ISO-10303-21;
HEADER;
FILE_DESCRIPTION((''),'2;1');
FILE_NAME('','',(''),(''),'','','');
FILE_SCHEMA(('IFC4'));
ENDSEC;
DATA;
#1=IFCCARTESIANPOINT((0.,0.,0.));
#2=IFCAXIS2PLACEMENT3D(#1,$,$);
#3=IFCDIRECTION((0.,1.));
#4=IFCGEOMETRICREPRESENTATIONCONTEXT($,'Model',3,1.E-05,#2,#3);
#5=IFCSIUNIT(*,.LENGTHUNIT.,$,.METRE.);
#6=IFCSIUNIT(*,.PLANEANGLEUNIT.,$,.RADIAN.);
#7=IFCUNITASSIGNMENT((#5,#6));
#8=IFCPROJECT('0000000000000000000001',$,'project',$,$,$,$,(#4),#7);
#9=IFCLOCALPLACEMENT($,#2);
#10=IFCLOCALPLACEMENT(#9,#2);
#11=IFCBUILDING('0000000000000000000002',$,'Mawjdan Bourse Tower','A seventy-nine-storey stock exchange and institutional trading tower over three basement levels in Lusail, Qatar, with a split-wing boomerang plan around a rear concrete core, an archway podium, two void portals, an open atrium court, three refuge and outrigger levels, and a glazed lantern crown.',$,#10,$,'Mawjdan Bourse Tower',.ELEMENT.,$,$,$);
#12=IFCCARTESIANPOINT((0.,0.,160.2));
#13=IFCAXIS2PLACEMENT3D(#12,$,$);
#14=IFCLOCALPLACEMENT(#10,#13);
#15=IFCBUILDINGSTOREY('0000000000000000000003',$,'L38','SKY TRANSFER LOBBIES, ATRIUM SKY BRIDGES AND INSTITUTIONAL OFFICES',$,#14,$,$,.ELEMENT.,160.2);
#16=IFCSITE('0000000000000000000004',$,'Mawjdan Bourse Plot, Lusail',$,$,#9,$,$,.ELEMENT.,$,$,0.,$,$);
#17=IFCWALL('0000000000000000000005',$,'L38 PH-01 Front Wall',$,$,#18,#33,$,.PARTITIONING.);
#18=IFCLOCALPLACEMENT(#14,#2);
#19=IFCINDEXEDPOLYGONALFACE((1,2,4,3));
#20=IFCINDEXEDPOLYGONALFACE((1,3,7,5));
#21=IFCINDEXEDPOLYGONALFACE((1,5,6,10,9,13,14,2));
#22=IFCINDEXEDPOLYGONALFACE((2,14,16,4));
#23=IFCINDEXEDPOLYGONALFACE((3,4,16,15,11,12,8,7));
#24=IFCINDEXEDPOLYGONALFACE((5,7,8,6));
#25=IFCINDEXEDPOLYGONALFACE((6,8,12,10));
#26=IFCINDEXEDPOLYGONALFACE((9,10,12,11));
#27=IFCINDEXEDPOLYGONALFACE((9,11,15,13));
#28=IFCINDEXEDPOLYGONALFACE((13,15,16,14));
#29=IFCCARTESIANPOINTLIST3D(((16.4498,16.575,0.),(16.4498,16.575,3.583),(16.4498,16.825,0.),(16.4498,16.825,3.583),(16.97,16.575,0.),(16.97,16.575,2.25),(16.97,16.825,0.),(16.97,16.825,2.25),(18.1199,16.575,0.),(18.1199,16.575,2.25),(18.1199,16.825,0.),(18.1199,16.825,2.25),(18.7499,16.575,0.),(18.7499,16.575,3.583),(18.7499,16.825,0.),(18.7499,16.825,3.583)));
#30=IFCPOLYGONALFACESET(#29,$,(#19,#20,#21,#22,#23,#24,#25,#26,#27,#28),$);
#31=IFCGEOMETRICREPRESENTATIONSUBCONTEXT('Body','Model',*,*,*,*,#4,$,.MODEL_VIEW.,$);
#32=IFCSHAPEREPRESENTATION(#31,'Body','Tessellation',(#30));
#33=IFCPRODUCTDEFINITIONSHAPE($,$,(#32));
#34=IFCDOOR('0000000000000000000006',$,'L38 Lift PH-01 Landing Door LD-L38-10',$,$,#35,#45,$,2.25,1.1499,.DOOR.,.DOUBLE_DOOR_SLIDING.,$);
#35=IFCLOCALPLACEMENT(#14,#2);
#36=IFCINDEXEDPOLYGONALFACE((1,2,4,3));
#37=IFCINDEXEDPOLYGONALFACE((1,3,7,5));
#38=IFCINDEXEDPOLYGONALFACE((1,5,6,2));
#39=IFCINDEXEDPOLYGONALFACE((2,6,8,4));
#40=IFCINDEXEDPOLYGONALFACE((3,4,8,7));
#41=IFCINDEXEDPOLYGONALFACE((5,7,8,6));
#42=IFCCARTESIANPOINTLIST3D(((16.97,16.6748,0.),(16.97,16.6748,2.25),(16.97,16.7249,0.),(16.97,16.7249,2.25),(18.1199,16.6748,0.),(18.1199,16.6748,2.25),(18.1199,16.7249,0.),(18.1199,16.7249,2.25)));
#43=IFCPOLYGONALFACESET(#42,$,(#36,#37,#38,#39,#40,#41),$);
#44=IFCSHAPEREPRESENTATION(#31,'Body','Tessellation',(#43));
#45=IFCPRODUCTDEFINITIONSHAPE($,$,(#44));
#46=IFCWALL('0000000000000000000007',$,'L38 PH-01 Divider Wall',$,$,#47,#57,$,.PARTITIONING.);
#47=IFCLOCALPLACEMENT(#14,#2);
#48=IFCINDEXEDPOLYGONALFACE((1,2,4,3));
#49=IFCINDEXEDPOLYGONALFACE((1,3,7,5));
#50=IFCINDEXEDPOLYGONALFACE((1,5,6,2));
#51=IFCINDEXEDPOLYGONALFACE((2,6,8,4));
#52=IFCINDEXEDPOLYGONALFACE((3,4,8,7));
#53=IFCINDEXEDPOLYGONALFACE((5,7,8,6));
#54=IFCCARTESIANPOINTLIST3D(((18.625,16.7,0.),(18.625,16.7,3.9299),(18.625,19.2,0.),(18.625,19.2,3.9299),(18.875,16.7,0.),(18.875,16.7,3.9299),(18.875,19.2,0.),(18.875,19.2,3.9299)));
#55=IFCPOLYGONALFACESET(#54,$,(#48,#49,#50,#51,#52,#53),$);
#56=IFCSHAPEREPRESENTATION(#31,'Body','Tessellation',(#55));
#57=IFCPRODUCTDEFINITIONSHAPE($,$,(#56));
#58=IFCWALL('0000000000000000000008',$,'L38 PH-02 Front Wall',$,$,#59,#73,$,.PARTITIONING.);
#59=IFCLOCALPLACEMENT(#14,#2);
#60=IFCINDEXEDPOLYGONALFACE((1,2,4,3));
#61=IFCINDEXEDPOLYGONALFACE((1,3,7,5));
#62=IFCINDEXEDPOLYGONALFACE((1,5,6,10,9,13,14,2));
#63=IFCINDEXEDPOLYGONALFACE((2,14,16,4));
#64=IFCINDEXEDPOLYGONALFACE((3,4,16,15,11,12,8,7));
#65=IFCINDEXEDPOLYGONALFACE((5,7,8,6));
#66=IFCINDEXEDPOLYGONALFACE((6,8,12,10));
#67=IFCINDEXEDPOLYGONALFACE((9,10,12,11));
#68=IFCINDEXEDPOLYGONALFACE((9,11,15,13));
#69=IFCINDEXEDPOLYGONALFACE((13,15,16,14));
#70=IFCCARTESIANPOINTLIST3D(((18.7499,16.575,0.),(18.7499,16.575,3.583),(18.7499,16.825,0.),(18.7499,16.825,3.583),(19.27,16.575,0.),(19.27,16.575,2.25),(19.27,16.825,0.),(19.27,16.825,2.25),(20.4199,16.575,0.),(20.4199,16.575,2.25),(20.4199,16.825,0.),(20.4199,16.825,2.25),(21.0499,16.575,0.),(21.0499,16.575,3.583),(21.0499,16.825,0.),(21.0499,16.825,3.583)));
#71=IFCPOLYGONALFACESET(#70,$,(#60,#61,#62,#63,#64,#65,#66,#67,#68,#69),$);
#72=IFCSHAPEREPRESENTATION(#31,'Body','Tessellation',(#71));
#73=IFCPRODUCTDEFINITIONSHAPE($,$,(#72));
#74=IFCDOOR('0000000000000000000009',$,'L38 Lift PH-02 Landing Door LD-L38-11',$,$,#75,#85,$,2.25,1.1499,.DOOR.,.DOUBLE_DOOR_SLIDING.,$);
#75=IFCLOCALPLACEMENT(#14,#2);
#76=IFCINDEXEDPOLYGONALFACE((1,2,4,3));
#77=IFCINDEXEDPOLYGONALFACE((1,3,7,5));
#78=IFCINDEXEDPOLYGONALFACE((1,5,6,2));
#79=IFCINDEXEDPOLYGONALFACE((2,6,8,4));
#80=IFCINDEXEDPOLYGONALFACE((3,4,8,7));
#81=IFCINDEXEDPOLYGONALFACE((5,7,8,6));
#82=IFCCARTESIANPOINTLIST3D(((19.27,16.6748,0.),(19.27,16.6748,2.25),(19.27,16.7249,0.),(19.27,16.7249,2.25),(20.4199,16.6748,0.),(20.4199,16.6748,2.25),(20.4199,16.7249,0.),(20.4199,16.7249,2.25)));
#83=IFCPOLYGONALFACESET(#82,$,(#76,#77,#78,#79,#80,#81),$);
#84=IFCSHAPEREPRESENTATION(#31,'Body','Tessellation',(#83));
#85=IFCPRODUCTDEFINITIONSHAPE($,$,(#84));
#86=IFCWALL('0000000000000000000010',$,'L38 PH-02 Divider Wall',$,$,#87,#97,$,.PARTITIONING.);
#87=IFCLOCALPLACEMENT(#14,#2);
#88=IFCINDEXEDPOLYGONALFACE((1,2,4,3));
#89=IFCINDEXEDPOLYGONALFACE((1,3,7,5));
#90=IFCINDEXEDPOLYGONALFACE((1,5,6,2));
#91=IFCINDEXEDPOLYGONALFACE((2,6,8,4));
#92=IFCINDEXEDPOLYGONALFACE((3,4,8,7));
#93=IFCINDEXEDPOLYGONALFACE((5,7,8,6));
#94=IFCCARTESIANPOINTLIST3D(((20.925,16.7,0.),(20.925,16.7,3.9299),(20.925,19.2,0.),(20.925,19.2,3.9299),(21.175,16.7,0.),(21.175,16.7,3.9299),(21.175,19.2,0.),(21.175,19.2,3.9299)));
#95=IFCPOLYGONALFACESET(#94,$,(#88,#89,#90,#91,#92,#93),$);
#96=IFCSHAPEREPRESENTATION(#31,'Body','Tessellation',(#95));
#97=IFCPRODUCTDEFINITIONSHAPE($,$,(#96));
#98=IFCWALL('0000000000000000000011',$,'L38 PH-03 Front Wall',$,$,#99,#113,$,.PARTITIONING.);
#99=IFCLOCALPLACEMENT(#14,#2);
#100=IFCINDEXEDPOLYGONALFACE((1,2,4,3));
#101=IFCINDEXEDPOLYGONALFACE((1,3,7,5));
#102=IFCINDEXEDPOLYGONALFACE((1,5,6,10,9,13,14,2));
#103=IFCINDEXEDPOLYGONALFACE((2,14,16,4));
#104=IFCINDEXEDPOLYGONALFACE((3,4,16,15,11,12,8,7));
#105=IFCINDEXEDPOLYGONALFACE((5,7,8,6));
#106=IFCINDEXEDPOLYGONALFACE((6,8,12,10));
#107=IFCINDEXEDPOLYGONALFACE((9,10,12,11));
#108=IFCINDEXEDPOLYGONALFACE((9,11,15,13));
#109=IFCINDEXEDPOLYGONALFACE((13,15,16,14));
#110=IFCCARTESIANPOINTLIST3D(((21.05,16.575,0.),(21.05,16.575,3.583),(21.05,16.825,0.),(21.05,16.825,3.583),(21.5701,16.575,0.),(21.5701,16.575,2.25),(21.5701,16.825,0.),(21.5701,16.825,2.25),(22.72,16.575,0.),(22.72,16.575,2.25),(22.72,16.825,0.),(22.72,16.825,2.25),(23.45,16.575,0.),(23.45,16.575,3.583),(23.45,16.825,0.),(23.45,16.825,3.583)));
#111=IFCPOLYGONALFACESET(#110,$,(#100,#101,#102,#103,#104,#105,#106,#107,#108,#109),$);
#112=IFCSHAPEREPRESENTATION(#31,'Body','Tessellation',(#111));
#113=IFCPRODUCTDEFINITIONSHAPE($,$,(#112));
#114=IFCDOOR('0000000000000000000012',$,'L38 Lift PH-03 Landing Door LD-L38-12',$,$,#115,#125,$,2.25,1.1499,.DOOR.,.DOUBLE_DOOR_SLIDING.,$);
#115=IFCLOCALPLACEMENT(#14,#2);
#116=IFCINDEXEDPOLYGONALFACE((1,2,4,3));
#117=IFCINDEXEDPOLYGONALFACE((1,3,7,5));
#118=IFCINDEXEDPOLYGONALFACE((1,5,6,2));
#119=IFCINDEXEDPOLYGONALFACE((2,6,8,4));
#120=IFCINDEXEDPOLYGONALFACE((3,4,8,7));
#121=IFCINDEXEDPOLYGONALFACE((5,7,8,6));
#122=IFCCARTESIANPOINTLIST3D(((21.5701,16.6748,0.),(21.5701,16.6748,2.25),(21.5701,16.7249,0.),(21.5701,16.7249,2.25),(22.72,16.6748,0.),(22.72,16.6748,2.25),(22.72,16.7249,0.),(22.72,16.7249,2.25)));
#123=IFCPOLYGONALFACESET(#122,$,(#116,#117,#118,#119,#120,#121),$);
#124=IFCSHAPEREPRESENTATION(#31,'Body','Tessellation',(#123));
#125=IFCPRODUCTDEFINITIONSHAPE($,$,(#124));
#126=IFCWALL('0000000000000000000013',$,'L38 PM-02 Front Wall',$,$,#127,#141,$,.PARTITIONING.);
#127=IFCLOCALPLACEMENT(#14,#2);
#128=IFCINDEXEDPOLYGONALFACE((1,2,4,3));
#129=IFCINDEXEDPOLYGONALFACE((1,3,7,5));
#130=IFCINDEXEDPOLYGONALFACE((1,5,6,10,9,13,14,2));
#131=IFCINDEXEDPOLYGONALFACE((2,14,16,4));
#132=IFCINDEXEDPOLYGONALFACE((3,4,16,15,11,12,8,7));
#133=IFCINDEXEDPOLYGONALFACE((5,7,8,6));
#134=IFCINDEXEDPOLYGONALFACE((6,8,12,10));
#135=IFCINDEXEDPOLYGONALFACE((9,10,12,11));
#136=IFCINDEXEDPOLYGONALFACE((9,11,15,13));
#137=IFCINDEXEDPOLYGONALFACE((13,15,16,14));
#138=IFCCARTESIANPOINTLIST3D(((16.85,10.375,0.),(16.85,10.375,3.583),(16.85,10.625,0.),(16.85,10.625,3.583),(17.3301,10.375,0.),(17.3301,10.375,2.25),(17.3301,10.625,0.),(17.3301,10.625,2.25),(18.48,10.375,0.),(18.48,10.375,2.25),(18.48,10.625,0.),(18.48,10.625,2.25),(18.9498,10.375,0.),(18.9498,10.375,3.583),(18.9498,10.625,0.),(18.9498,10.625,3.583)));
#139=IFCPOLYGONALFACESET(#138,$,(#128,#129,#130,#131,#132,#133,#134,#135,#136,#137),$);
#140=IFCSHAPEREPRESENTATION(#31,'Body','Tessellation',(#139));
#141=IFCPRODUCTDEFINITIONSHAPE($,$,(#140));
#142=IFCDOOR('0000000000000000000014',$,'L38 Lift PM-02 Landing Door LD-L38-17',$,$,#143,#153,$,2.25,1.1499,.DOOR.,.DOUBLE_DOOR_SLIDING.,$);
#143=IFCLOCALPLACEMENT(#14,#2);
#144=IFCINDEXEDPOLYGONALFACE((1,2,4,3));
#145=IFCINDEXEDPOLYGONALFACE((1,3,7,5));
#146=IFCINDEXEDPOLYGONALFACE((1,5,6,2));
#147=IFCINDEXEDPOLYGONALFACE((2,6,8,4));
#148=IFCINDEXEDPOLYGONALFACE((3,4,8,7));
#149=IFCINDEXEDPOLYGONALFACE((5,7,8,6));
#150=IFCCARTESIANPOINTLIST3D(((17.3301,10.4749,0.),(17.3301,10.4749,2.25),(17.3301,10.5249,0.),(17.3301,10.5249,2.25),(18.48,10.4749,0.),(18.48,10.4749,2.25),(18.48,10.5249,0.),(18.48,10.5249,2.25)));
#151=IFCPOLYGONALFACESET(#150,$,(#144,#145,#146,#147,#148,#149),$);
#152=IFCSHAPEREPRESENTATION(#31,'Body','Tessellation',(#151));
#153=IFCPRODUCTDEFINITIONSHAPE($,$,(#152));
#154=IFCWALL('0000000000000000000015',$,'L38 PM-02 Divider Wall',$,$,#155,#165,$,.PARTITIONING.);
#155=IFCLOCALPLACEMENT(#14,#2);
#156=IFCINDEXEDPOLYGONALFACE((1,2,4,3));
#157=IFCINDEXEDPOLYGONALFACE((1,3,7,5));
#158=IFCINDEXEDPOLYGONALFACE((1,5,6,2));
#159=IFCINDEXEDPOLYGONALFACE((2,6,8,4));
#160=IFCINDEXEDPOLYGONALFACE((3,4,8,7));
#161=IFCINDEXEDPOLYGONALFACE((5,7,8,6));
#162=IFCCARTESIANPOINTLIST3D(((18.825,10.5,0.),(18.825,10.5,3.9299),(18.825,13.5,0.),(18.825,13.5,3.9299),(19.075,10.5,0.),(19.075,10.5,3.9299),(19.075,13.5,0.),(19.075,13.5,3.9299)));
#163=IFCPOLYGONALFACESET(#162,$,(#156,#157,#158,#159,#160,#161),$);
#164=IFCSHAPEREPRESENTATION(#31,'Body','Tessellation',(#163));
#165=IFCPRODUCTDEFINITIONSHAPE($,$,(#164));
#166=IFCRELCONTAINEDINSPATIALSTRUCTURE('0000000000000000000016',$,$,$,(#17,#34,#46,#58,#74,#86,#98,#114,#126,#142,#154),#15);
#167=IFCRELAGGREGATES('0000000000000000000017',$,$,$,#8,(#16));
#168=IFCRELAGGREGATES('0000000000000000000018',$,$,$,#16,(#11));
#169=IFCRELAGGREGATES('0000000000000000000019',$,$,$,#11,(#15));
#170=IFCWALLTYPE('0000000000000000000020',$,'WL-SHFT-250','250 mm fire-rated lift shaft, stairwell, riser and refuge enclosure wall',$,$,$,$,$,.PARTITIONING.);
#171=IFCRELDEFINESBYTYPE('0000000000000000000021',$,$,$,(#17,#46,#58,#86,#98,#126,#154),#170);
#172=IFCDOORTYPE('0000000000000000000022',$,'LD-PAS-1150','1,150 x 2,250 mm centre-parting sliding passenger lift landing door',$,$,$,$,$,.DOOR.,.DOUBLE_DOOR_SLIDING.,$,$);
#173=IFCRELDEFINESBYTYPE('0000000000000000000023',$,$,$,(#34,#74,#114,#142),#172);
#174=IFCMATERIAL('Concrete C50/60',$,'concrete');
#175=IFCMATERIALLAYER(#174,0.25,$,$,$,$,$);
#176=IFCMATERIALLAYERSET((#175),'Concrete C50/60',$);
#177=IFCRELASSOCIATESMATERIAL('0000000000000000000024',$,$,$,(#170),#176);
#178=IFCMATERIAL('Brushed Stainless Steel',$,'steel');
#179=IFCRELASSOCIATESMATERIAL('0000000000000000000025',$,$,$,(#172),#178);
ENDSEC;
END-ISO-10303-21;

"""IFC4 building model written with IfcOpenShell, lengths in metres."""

from ifc_helpers import new_model, si_unit, direction, frame, frame_2d, origin, place, context, subcontext, project, spatial, rectangle, extrude, material, layer, layer_set, type_object, element, fill, save


model = new_model("IFC4")

# Units and contexts
model_context = context("Model", 3, precision=1e-05, world=origin(), true_north=direction((0.0, 1.0)))
body_context = subcontext(model_context, "Body", "Model", "MODEL_VIEW")
ifc_project = project(units=[si_unit("LENGTHUNIT", "METRE"), si_unit("PLANEANGLEUNIT", "RADIAN")], contexts=[model_context])

# Site, building, storey
site_placement = place(None, origin())
site = spatial("IfcSite", under=ifc_project, at=site_placement, Name="Mawjdan Bourse Plot, Lusail", CompositionType="ELEMENT", RefElevation=0.0)
building_placement = place(site_placement, origin())
building = spatial("IfcBuilding", under=site, at=building_placement, Name="Mawjdan Bourse Tower", Description="A seventy-nine-storey stock exchange and institutional trading tower over three basement levels in Lusail, Qatar, with a split-wing boomerang plan around a rear concrete core, an archway podium, two void portals, an open atrium court, three refuge and outrigger levels, and a glazed lantern crown.", LongName="Mawjdan Bourse Tower", CompositionType="ELEMENT")
storey_placement = place(building_placement, frame((0.0, 0.0, 160.2)))
storey = spatial("IfcBuildingStorey", under=building, at=storey_placement, Name="L38", Description="SKY TRANSFER LOBBIES, ATRIUM SKY BRIDGES AND INSTITUTIONAL OFFICES", CompositionType="ELEMENT", Elevation=160.2)

# Shared definitions
ifc_material_1 = material(Name="Concrete C50/60", Category="concrete")
ifc_layer_1 = layer(ifc_material_1, 0.25)
ifc_layer_set_1 = layer_set([ifc_layer_1], Name="Concrete C50/60")
wall_type_1 = type_object("IfcWallType", Name="WL-SHFT-250", Description="250 mm fire-rated lift shaft, stairwell, riser and refuge enclosure wall", PredefinedType="PARTITIONING", material=ifc_layer_set_1)

# Wall, opening, door
wall_1_placement = place(storey_placement, frame((16.45, 16.7, 0.0), z_axis=(0.0, 0.0, 1.0), x_axis=(1.0, 0.0, 0.0)))
wall_1 = element("IfcWall", 1, at=wall_1_placement, inside=storey, type_object=wall_type_1, Name="L38 PH-01 Front Wall", PredefinedType="PARTITIONING", context=body_context, shape_type="SweptSolid", body=[
    extrude(rectangle(XDim=2.3, YDim=0.25, at=frame_2d((1.1499, 0.0))), origin(), (0.0, 0.0, 1.0), 3.583),
])
opening_1_placement = place(wall_1_placement, frame((0.52, 0.0, 0.0)))
opening_1 = element("IfcOpeningElement", 2, at=opening_1_placement, cuts=wall_1, PredefinedType="OPENING", context=body_context, shape_type="SweptSolid", body=[
    extrude(rectangle(XDim=1.1499, YDim=2.25, at=frame_2d((0.575, 1.125))), frame((0.0, 0.135, 0.0), z_axis=(0.0, -1.0, 0.0), x_axis=(1.0, 0.0, 0.0)), (0.0, 0.0, 1.0), 0.27),
])
ifc_material_2 = material(Name="Brushed Stainless Steel", Category="steel")
door_type_1 = type_object("IfcDoorType", Name="LD-PAS-1150", Description="1,150 x 2,250 mm centre-parting sliding passenger lift landing door", OperationType="DOUBLE_DOOR_SLIDING", PredefinedType="DOOR", material=ifc_material_2)
door_1_placement = place(opening_1_placement, origin())
door_1 = element("IfcDoor", 3, at=door_1_placement, inside=storey, type_object=door_type_1, Name="L38 Lift PH-01 Landing Door LD-L38-10", OperationType="DOUBLE_DOOR_SLIDING", OverallHeight=2.25, OverallWidth=1.1499, PredefinedType="DOOR", context=body_context, shape_type="SweptSolid", body=[
    extrude(rectangle(XDim=1.1499, YDim=2.25, at=frame_2d((0.575, 1.125))), frame((0.0, 0.0249, 0.0), z_axis=(0.0, -1.0, 0.0), x_axis=(1.0, 0.0, 0.0)), (0.0, 0.0, 1.0), 0.05),
])
fill(opening_1, door_1)

# Wall
wall_2_placement = place(storey_placement, frame((18.75, 16.7, 0.0), z_axis=(0.0, 0.0, 1.0), x_axis=(0.0, 1.0, 0.0)))
element("IfcWall", 4, at=wall_2_placement, inside=storey, type_object=wall_type_1, Name="L38 PH-01 Divider Wall", PredefinedType="PARTITIONING", context=body_context, shape_type="SweptSolid", body=[
    extrude(rectangle(XDim=2.5, YDim=0.25, at=frame_2d((1.25, 0.0))), origin(), (0.0, 0.0, 1.0), 3.9299),
])

# Wall, opening, door
wall_3_placement = place(storey_placement, frame((18.75, 16.7, 0.0), z_axis=(0.0, 0.0, 1.0), x_axis=(1.0, 0.0, 0.0)))
wall_3 = element("IfcWall", 5, at=wall_3_placement, inside=storey, type_object=wall_type_1, Name="L38 PH-02 Front Wall", PredefinedType="PARTITIONING", context=body_context, shape_type="SweptSolid", body=[
    extrude(rectangle(XDim=2.3, YDim=0.25, at=frame_2d((1.1499, 0.0))), origin(), (0.0, 0.0, 1.0), 3.583),
])
opening_2_placement = place(wall_3_placement, frame((0.52, 0.0, 0.0)))
opening_2 = element("IfcOpeningElement", 6, at=opening_2_placement, cuts=wall_3, PredefinedType="OPENING", context=body_context, shape_type="SweptSolid", body=[
    extrude(rectangle(XDim=1.1499, YDim=2.25, at=frame_2d((0.575, 1.125))), frame((0.0, 0.135, 0.0), z_axis=(0.0, -1.0, 0.0), x_axis=(1.0, 0.0, 0.0)), (0.0, 0.0, 1.0), 0.27),
])
door_2_placement = place(opening_2_placement, origin())
door_2 = element("IfcDoor", 7, at=door_2_placement, inside=storey, type_object=door_type_1, Name="L38 Lift PH-02 Landing Door LD-L38-11", OperationType="DOUBLE_DOOR_SLIDING", OverallHeight=2.25, OverallWidth=1.1499, PredefinedType="DOOR", context=body_context, shape_type="SweptSolid", body=[
    extrude(rectangle(XDim=1.1499, YDim=2.25, at=frame_2d((0.575, 1.125))), frame((0.0, 0.0249, 0.0), z_axis=(0.0, -1.0, 0.0), x_axis=(1.0, 0.0, 0.0)), (0.0, 0.0, 1.0), 0.05),
])
fill(opening_2, door_2)

# Wall
wall_4_placement = place(storey_placement, frame((21.05, 16.7, 0.0), z_axis=(0.0, 0.0, 1.0), x_axis=(0.0, 1.0, 0.0)))
element("IfcWall", 8, at=wall_4_placement, inside=storey, type_object=wall_type_1, Name="L38 PH-02 Divider Wall", PredefinedType="PARTITIONING", context=body_context, shape_type="SweptSolid", body=[
    extrude(rectangle(XDim=2.5, YDim=0.25, at=frame_2d((1.25, 0.0))), origin(), (0.0, 0.0, 1.0), 3.9299),
])

# Walls, openings, doors
wall_5_placement = place(storey_placement, frame((21.05, 16.7, 0.0), z_axis=(0.0, 0.0, 1.0), x_axis=(1.0, 0.0, 0.0)))
wall_5 = element("IfcWall", 9, at=wall_5_placement, inside=storey, type_object=wall_type_1, Name="L38 PH-03 Front Wall", PredefinedType="PARTITIONING", context=body_context, shape_type="SweptSolid", body=[
    extrude(rectangle(XDim=2.3999, YDim=0.25, at=frame_2d((1.2, 0.0))), origin(), (0.0, 0.0, 1.0), 3.583),
])
opening_3_placement = place(wall_5_placement, frame((0.52, 0.0, 0.0)))
opening_3 = element("IfcOpeningElement", 10, at=opening_3_placement, cuts=wall_5, PredefinedType="OPENING", context=body_context, shape_type="SweptSolid", body=[
    extrude(rectangle(XDim=1.1499, YDim=2.25, at=frame_2d((0.575, 1.125))), frame((0.0, 0.135, 0.0), z_axis=(0.0, -1.0, 0.0), x_axis=(1.0, 0.0, 0.0)), (0.0, 0.0, 1.0), 0.27),
])
door_3_placement = place(opening_3_placement, origin())
door_3 = element("IfcDoor", 11, at=door_3_placement, inside=storey, type_object=door_type_1, Name="L38 Lift PH-03 Landing Door LD-L38-12", OperationType="DOUBLE_DOOR_SLIDING", OverallHeight=2.25, OverallWidth=1.1499, PredefinedType="DOOR", context=body_context, shape_type="SweptSolid", body=[
    extrude(rectangle(XDim=1.1499, YDim=2.25, at=frame_2d((0.575, 1.125))), frame((0.0, 0.0249, 0.0), z_axis=(0.0, -1.0, 0.0), x_axis=(1.0, 0.0, 0.0)), (0.0, 0.0, 1.0), 0.05),
])
fill(opening_3, door_3)
wall_6_placement = place(storey_placement, frame((16.8501, 10.5, 0.0), z_axis=(0.0, 0.0, 1.0), x_axis=(1.0, 0.0, 0.0)))
wall_6 = element("IfcWall", 12, at=wall_6_placement, inside=storey, type_object=wall_type_1, Name="L38 PM-02 Front Wall", PredefinedType="PARTITIONING", context=body_context, shape_type="SweptSolid", body=[
    extrude(rectangle(XDim=2.0999, YDim=0.25, at=frame_2d((1.0498, 0.0))), origin(), (0.0, 0.0, 1.0), 3.583),
])
opening_4_placement = place(wall_6_placement, frame((0.48, 0.0, 0.0)))
opening_4 = element("IfcOpeningElement", 13, at=opening_4_placement, cuts=wall_6, PredefinedType="OPENING", context=body_context, shape_type="SweptSolid", body=[
    extrude(rectangle(XDim=1.1499, YDim=2.25, at=frame_2d((0.575, 1.125))), frame((0.0, 0.135, 0.0), z_axis=(0.0, -1.0, 0.0), x_axis=(1.0, 0.0, 0.0)), (0.0, 0.0, 1.0), 0.27),
])
door_4_placement = place(opening_4_placement, origin())
door_4 = element("IfcDoor", 14, at=door_4_placement, inside=storey, type_object=door_type_1, Name="L38 Lift PM-02 Landing Door LD-L38-17", OperationType="DOUBLE_DOOR_SLIDING", OverallHeight=2.25, OverallWidth=1.1499, PredefinedType="DOOR", context=body_context, shape_type="SweptSolid", body=[
    extrude(rectangle(XDim=1.1499, YDim=2.25, at=frame_2d((0.575, 1.125))), frame((0.0, 0.0249, 0.0), z_axis=(0.0, -1.0, 0.0), x_axis=(1.0, 0.0, 0.0)), (0.0, 0.0, 1.0), 0.05),
])
fill(opening_4, door_4)

# Wall
wall_7_placement = place(storey_placement, frame((18.95, 10.5, 0.0), z_axis=(0.0, 0.0, 1.0), x_axis=(0.0, 1.0, 0.0)))
element("IfcWall", 15, at=wall_7_placement, inside=storey, type_object=wall_type_1, Name="L38 PM-02 Divider Wall", PredefinedType="PARTITIONING", context=body_context, shape_type="SweptSolid", body=[
    extrude(rectangle(XDim=3.0, YDim=0.25, at=frame_2d((1.5, 0.0))), origin(), (0.0, 0.0, 1.0), 3.9299),
])

save(model, "model.ifc")
